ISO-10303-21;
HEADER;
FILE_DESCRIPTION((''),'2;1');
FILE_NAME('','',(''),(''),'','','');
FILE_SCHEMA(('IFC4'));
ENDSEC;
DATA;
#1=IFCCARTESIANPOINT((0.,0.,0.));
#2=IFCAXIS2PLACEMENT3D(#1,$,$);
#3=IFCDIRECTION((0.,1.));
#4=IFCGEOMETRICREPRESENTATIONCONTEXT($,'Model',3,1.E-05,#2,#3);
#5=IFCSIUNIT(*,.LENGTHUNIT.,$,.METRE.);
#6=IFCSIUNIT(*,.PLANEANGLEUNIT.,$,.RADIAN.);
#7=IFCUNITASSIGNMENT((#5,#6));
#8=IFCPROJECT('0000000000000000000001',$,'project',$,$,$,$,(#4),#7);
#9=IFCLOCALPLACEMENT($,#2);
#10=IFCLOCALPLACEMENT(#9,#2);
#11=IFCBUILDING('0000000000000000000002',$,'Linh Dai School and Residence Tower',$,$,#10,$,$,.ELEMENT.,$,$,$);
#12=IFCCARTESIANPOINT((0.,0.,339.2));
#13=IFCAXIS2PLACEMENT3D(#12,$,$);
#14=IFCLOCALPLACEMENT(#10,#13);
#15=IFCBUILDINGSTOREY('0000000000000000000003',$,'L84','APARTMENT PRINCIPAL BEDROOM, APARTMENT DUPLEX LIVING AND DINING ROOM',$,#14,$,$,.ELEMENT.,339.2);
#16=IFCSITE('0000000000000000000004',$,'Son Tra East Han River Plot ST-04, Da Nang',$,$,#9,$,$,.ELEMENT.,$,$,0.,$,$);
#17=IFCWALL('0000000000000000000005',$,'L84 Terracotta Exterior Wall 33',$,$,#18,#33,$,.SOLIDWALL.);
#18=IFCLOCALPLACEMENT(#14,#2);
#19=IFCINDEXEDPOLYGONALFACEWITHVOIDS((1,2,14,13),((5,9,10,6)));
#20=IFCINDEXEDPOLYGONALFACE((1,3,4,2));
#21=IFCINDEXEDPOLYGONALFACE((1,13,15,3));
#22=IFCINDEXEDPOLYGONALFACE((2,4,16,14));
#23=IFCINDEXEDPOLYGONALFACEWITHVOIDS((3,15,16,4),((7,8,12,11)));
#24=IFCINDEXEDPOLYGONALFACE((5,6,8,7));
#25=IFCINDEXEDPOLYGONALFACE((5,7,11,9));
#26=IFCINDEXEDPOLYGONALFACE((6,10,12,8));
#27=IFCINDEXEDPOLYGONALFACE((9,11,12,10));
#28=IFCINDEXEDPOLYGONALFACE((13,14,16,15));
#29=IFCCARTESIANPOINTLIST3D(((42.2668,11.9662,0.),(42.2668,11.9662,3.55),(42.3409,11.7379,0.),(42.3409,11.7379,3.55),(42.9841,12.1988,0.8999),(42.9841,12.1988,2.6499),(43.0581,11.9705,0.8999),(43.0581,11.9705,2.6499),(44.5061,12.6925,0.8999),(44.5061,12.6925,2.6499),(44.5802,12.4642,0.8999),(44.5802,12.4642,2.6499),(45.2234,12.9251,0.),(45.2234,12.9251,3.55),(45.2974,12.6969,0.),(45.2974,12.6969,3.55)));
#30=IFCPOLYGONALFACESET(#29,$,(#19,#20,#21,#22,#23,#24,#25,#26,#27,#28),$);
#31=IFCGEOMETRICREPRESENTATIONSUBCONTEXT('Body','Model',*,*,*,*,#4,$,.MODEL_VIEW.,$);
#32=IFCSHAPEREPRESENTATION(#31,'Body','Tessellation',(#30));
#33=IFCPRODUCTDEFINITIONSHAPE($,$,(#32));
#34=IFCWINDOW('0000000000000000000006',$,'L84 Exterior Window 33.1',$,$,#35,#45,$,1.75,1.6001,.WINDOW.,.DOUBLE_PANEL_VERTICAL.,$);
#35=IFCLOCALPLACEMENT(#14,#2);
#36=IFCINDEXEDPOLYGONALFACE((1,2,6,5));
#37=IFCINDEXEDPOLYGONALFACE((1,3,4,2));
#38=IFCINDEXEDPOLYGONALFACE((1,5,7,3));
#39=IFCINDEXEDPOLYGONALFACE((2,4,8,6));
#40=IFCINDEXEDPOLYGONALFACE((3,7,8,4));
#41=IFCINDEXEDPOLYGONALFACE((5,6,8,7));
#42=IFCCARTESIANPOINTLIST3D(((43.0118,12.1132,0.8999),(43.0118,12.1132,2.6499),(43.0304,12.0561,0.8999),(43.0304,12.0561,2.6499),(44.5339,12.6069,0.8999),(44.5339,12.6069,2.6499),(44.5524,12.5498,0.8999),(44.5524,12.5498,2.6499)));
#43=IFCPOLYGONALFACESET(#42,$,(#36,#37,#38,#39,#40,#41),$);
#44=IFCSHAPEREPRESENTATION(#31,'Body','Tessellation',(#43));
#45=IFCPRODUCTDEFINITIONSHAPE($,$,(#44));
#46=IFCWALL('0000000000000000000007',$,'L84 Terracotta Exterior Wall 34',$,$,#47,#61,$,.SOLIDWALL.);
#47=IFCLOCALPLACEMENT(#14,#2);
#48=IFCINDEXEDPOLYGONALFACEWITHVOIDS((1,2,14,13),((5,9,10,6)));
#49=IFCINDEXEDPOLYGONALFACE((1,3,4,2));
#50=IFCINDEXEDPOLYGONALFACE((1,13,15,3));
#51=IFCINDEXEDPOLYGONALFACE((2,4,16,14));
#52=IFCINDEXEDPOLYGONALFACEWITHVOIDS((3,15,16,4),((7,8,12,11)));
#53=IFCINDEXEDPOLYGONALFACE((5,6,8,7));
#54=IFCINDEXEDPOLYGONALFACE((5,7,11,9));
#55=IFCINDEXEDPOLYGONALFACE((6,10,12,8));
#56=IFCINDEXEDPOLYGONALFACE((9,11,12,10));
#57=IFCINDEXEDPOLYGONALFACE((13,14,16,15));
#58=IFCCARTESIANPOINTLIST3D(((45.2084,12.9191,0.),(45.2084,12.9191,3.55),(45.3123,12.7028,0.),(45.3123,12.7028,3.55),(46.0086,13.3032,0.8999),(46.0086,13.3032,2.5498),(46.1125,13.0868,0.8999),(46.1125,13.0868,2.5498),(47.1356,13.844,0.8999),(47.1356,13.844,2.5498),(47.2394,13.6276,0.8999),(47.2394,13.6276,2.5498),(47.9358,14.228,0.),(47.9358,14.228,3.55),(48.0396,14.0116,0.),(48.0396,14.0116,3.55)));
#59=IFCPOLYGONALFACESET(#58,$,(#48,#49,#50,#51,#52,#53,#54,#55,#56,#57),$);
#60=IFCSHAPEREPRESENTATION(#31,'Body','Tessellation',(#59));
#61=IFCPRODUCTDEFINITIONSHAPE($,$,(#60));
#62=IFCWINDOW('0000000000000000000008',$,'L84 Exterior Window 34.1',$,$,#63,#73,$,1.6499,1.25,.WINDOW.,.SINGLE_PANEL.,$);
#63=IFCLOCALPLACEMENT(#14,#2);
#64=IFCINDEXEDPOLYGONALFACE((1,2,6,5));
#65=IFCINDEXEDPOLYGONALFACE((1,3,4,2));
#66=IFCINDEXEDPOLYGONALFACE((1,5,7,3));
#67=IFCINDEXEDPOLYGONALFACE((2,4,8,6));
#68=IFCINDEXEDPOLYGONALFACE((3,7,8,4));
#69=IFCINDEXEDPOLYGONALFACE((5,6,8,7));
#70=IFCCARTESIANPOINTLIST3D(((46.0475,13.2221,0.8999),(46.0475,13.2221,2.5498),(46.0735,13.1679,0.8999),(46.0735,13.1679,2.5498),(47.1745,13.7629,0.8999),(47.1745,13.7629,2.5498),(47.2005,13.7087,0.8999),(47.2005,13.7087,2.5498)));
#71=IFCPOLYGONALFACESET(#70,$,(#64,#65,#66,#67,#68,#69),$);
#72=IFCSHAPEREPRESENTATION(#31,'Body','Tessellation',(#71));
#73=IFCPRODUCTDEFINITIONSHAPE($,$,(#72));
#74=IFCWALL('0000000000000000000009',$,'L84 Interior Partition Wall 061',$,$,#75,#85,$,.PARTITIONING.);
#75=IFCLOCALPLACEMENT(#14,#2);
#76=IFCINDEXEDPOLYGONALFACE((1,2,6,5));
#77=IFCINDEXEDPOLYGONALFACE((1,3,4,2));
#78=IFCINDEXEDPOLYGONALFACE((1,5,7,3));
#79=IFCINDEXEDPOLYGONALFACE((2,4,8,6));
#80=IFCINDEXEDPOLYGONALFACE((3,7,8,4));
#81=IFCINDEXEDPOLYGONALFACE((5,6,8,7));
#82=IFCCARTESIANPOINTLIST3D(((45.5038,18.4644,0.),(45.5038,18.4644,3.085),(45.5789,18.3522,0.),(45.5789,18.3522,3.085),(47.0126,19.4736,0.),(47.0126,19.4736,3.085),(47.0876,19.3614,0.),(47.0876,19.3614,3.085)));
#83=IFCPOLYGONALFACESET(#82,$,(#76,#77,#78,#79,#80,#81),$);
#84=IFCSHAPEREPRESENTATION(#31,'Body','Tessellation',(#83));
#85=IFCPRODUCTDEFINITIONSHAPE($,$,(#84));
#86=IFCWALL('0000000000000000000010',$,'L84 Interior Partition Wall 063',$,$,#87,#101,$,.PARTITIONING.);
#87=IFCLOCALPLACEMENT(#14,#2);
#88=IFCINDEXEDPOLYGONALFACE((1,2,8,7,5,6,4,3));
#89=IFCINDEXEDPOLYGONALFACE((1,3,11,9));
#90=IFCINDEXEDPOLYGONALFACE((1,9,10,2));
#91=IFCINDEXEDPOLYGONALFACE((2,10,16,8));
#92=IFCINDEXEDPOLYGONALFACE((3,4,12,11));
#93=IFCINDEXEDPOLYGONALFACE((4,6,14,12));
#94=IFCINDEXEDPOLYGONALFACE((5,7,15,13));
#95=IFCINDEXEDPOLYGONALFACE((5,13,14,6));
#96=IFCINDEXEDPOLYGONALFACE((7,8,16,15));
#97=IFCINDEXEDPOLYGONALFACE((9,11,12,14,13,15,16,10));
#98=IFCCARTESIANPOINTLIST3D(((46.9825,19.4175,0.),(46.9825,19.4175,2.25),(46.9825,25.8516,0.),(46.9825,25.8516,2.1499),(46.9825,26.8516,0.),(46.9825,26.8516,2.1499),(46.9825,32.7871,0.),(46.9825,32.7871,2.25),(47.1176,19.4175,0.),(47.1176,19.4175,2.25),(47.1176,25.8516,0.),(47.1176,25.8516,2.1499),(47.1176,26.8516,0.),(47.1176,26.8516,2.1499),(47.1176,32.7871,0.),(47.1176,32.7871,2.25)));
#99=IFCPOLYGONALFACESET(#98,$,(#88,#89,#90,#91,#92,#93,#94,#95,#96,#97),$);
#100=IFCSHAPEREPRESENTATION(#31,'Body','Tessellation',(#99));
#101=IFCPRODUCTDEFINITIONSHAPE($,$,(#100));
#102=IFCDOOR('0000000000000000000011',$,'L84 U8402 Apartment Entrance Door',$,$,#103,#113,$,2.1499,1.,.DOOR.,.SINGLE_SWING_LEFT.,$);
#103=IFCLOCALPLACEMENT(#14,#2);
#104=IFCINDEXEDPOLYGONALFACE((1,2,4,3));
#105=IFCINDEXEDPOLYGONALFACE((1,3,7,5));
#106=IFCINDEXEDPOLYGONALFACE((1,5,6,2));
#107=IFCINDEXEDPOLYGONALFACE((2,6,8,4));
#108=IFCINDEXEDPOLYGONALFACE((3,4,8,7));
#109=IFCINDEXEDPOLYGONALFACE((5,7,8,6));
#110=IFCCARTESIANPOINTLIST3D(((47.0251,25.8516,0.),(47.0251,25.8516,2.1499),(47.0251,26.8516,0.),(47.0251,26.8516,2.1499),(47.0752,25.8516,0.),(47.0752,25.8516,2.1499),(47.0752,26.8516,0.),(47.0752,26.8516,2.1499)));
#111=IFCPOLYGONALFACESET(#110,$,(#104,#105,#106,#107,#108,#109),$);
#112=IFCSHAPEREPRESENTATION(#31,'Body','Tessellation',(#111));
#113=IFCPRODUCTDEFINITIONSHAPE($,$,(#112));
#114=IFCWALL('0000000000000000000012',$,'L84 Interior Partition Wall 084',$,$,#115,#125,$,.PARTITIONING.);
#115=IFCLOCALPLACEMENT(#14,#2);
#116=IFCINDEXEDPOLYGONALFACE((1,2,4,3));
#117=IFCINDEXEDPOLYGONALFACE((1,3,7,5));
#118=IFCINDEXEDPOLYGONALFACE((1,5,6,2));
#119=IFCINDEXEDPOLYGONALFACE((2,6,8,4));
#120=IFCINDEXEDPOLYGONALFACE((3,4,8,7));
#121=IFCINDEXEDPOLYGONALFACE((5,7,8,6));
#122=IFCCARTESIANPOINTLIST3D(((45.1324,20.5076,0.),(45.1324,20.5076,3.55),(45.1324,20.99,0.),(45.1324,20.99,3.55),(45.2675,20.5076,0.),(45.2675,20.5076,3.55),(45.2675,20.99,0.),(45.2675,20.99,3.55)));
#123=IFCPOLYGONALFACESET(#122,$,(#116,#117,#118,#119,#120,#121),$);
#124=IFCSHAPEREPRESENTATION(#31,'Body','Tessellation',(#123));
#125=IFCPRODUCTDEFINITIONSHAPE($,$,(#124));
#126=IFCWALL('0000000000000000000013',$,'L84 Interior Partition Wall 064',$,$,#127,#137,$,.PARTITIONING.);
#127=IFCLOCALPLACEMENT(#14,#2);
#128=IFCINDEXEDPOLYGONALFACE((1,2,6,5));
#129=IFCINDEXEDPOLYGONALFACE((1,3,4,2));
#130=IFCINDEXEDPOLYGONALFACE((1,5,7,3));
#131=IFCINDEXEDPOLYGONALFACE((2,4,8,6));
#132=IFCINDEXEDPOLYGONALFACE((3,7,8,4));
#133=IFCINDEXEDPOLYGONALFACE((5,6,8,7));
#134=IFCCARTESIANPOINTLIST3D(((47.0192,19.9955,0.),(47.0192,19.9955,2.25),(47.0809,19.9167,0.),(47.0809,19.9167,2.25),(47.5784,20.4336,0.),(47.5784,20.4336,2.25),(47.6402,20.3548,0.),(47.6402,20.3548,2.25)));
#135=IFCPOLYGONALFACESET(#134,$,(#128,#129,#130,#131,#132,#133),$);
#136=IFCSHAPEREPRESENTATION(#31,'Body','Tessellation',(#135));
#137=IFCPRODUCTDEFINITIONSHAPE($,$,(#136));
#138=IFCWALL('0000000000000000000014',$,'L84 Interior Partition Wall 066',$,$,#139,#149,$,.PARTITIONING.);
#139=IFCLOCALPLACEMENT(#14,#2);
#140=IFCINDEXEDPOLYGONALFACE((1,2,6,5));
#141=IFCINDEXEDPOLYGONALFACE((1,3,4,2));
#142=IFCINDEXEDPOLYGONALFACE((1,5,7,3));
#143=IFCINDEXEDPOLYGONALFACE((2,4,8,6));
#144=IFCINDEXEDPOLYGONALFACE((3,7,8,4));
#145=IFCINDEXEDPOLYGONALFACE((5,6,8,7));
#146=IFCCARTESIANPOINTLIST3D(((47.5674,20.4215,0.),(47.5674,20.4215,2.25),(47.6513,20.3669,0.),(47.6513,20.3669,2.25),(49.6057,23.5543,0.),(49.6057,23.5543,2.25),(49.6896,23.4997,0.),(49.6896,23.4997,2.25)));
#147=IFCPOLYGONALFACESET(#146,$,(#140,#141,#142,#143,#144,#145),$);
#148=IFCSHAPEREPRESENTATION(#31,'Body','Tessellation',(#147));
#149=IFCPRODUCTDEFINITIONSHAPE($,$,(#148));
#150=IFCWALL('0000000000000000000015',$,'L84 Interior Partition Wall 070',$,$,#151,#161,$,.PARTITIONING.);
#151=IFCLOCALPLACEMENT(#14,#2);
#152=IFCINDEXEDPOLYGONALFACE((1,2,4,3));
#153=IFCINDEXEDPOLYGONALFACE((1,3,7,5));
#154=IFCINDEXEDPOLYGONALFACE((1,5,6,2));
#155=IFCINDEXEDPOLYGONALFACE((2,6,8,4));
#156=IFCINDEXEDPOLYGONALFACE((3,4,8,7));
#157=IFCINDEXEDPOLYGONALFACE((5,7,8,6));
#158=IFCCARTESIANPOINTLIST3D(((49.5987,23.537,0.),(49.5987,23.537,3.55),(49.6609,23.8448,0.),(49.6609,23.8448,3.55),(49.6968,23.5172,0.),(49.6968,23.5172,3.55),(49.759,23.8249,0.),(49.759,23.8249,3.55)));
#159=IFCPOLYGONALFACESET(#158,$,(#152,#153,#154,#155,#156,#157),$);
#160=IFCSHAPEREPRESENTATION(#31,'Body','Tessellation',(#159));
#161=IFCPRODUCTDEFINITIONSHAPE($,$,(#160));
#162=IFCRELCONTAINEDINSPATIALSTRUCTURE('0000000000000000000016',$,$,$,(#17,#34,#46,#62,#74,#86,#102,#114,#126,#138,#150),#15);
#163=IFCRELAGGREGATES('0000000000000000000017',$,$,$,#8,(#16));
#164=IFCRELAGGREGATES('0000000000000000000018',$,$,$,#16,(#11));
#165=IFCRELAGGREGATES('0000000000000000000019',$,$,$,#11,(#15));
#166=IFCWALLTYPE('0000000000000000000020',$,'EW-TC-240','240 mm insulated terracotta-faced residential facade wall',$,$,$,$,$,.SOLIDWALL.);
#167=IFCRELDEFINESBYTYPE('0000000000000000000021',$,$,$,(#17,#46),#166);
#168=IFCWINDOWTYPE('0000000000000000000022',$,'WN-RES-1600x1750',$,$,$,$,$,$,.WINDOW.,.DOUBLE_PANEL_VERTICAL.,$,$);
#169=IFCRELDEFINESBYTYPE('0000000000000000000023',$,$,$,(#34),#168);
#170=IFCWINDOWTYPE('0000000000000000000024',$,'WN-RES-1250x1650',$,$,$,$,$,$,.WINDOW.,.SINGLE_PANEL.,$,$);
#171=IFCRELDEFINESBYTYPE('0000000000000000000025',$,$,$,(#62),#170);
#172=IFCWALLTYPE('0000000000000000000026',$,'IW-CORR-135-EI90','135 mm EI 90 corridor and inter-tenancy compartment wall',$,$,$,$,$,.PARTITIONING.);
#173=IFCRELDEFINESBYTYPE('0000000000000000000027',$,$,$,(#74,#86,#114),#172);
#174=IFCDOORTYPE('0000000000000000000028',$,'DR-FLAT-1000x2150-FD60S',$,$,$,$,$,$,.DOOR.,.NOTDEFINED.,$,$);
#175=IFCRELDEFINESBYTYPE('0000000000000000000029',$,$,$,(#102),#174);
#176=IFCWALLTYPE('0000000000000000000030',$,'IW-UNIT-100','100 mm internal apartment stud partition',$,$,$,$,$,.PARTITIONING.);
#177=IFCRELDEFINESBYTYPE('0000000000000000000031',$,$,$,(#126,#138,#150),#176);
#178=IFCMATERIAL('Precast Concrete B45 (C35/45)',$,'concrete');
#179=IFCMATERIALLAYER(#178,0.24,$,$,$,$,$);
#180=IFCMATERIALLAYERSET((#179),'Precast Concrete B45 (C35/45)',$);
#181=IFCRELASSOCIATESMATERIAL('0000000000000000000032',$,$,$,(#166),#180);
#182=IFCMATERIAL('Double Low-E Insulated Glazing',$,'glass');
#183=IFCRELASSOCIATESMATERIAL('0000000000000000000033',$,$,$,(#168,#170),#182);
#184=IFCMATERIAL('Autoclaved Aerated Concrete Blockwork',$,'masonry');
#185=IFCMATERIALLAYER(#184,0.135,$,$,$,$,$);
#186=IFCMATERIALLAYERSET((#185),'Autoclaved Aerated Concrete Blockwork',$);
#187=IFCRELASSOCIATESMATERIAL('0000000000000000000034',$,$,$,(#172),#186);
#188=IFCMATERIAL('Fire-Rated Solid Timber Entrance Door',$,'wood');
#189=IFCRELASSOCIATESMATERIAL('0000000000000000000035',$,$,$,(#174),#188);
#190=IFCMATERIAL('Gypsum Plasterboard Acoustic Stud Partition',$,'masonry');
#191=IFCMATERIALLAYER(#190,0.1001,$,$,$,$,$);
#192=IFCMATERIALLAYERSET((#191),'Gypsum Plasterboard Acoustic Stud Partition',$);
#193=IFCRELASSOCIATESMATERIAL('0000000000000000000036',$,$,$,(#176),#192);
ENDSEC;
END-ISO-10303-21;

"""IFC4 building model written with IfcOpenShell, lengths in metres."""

from ifc_helpers import new_model, si_unit, direction, frame, frame_2d, origin, origin_2d, place, context, subcontext, project, spatial, rectangle, extrude, source, transform, mapped, material, layer, layer_set, type_object, element, fill, save


model = new_model("IFC4")

# Units and contexts
model_context = context("Model", 3, precision=1e-05, world=origin(), true_north=direction((0.0, 1.0)))
body_context = subcontext(model_context, "Body", "Model", "MODEL_VIEW")
ifc_project = project(units=[si_unit("LENGTHUNIT", "METRE"), si_unit("PLANEANGLEUNIT", "RADIAN")], contexts=[model_context])

# Site, building, storey
site_placement = place(None, origin())
site = spatial("IfcSite", under=ifc_project, at=site_placement, Name="Son Tra East Han River Plot ST-04, Da Nang", CompositionType="ELEMENT", RefElevation=0.0)
building_placement = place(site_placement, origin())
building = spatial("IfcBuilding", under=site, at=building_placement, Name="Linh Dai School and Residence Tower", CompositionType="ELEMENT")
storey_placement = place(building_placement, frame((0.0, 0.0, 339.2)))
storey = spatial("IfcBuildingStorey", under=building, at=storey_placement, Name="L84", Description="APARTMENT PRINCIPAL BEDROOM, APARTMENT DUPLEX LIVING AND DINING ROOM", CompositionType="ELEMENT", Elevation=339.2)

# Shared definitions
ifc_material_1 = material(Name="Precast Concrete B45 (C35/45)", Category="concrete")

# Walls, openings, windows
ifc_layer_1 = layer(ifc_material_1, 0.24)
ifc_layer_set_1 = layer_set([ifc_layer_1], Name="Precast Concrete B45 (C35/45)")
wall_type_1 = type_object("IfcWallType", Name="EW-TC-240", Description="240 mm insulated terracotta-faced residential facade wall", PredefinedType="SOLIDWALL", material=ifc_layer_set_1)
wall_1_placement = place(storey_placement, frame((45.2605, 12.811, 0.0), z_axis=(0.0, 0.0, 1.0), x_axis=(-0.951213, -0.308535, 0.0)))
wall_1 = element("IfcWall", 1, at=wall_1_placement, inside=storey, type_object=wall_type_1, Name="L84 Terracotta Exterior Wall 33", PredefinedType="SOLIDWALL", context=body_context, shape_type="SweptSolid", body=[
    extrude(rectangle(XDim=3.1082, YDim=0.24, at=frame_2d((1.5542, 0.0))), origin(), (0.0, 0.0, 1.0), 3.55),
])
opening_1_placement = place(wall_1_placement, frame((0.7542, 0.0, 0.8999)))
opening_1 = element("IfcOpeningElement", 2, at=opening_1_placement, cuts=wall_1, PredefinedType="OPENING", context=body_context, shape_type="SweptSolid", body=[
    extrude(rectangle(XDim=1.6001, YDim=1.75, at=origin_2d()), frame((0.8, 0.1299, 0.875), z_axis=(0.0, -1.0, 0.0), x_axis=(1.0, 0.0, 0.0)), (0.0, 0.0, 1.0), 0.26),
])
ifc_material_2 = material(Name="Double Low-E Insulated Glazing", Category="glass")
window_type_1 = type_object("IfcWindowType", Name="WN-RES-1600x1750", PartitioningType="DOUBLE_PANEL_VERTICAL", PredefinedType="WINDOW", material=ifc_material_2)
shared_shape_1 = source(origin(), body_context, "Body", "SweptSolid", [
    extrude(rectangle(XDim=1.6001, YDim=1.75, at=origin_2d()), frame((0.8, 0.03, 0.875), z_axis=(0.0, -1.0, 0.0), x_axis=(1.0, 0.0, 0.0)), (0.0, 0.0, 1.0), 0.0601),
])
window_1_placement = place(opening_1_placement, origin())
window_1 = element("IfcWindow", 3, at=window_1_placement, inside=storey, type_object=window_type_1, Name="L84 Exterior Window 33.1", OverallHeight=1.75, OverallWidth=1.6001, PartitioningType="DOUBLE_PANEL_VERTICAL", PredefinedType="WINDOW", context=body_context, shape_type="MappedRepresentation", body=[
    mapped(shared_shape_1, transform((0.0, 0.0, 0.0), x_axis=(1.0, 0.0, 0.0), y_axis=(0.0, 1.0, 0.0), z_axis=(0.0, 0.0, 1.0), scale=1.0)),
])
fill(opening_1, window_1)
wall_2_placement = place(storey_placement, frame((47.9878, 14.1199, 0.0), z_axis=(0.0, 0.0, 1.0), x_axis=(-0.901557, -0.43266, 0.0)))
wall_2 = element("IfcWall", 4, at=wall_2_placement, inside=storey, type_object=wall_type_1, Name="L84 Terracotta Exterior Wall 34", PredefinedType="SOLIDWALL", context=body_context, shape_type="SweptSolid", body=[
    extrude(rectangle(XDim=3.0251, YDim=0.24, at=frame_2d((1.5127, 0.0))), origin(), (0.0, 0.0, 1.0), 3.55),
])
opening_2_placement = place(wall_2_placement, frame((0.8877, 0.0, 0.8999)))
opening_2 = element("IfcOpeningElement", 5, at=opening_2_placement, cuts=wall_2, PredefinedType="OPENING", context=body_context, shape_type="SweptSolid", body=[
    extrude(rectangle(XDim=1.25, YDim=1.6499, at=origin_2d()), frame((0.625, 0.1299, 0.825), z_axis=(0.0, -1.0, 0.0), x_axis=(1.0, 0.0, 0.0)), (0.0, 0.0, 1.0), 0.26),
])
window_type_2 = type_object("IfcWindowType", Name="WN-RES-1250x1650", PartitioningType="SINGLE_PANEL", PredefinedType="WINDOW", material=ifc_material_2)
shared_shape_2 = source(origin(), body_context, "Body", "SweptSolid", [
    extrude(rectangle(XDim=1.25, YDim=1.6499, at=origin_2d()), frame((0.625, 0.03, 0.825), z_axis=(0.0, -1.0, 0.0), x_axis=(1.0, 0.0, 0.0)), (0.0, 0.0, 1.0), 0.0601),
])
window_2_placement = place(opening_2_placement, origin())
window_2 = element("IfcWindow", 6, at=window_2_placement, inside=storey, type_object=window_type_2, Name="L84 Exterior Window 34.1", OverallHeight=1.6499, OverallWidth=1.25, PartitioningType="SINGLE_PANEL", PredefinedType="WINDOW", context=body_context, shape_type="MappedRepresentation", body=[
    mapped(shared_shape_2, transform((0.0, 0.0, 0.0), x_axis=(1.0, 0.0, 0.0), y_axis=(0.0, 1.0, 0.0), z_axis=(0.0, 0.0, 1.0), scale=1.0)),
])
fill(opening_2, window_2)

# Wall
ifc_material_3 = material(Name="Autoclaved Aerated Concrete Blockwork", Category="masonry")
ifc_layer_2 = layer(ifc_material_3, 0.135)
ifc_layer_set_2 = layer_set([ifc_layer_2], Name="Autoclaved Aerated Concrete Blockwork")
wall_type_2 = type_object("IfcWallType", Name="IW-CORR-135-EI90", Description="135 mm EI 90 corridor and inter-tenancy compartment wall", PredefinedType="PARTITIONING", material=ifc_layer_set_2)
wall_3_placement = place(storey_placement, frame((45.5413, 18.4082, 0.0), z_axis=(0.0, 0.0, 1.0), x_axis=(0.83118, 0.556003, 0.0)))
element("IfcWall", 7, at=wall_3_placement, inside=storey, type_object=wall_type_2, Name="L84 Interior Partition Wall 061", PredefinedType="PARTITIONING", context=body_context, shape_type="SweptSolid", body=[
    extrude(rectangle(XDim=1.8152, YDim=0.135, at=frame_2d((0.9077, 0.0))), origin(), (0.0, 0.0, 1.0), 3.085),
])

# Wall, opening, door
wall_4_placement = place(storey_placement, frame((47.05, 19.4175, 0.0), z_axis=(0.0, 0.0, 1.0), x_axis=(0.0, 1.0, 0.0)))
wall_4 = element("IfcWall", 8, at=wall_4_placement, inside=storey, type_object=wall_type_2, Name="L84 Interior Partition Wall 063", PredefinedType="PARTITIONING", context=body_context, shape_type="SweptSolid", body=[
    extrude(rectangle(XDim=13.3696, YDim=0.135, at=frame_2d((6.6848, 0.0))), origin(), (0.0, 0.0, 1.0), 2.25),
])
opening_3_placement = place(wall_4_placement, frame((6.4341, 0.0, 0.0)))
opening_3 = element("IfcOpeningElement", 9, at=opening_3_placement, cuts=wall_4, PredefinedType="OPENING", context=body_context, shape_type="SweptSolid", body=[
    extrude(rectangle(XDim=1.0, YDim=2.1499, at=origin_2d()), frame((0.5, 0.0776, 1.075), z_axis=(0.0, -1.0, 0.0), x_axis=(1.0, 0.0, 0.0)), (0.0, 0.0, 1.0), 0.155),
])
ifc_material_4 = material(Name="Fire-Rated Solid Timber Entrance Door", Category="wood")
door_type_1 = type_object("IfcDoorType", Name="DR-FLAT-1000x2150-FD60S", OperationType="NOTDEFINED", PredefinedType="DOOR", material=ifc_material_4)
shared_shape_3 = source(origin(), body_context, "Body", "SweptSolid", [
    extrude(rectangle(XDim=1.0, YDim=2.1499, at=origin_2d()), frame((0.5, 0.0249, 1.075), z_axis=(0.0, -1.0, 0.0), x_axis=(1.0, 0.0, 0.0)), (0.0, 0.0, 1.0), 0.05),
])
door_1_placement = place(opening_3_placement, origin())
door_1 = element("IfcDoor", 10, at=door_1_placement, inside=storey, type_object=door_type_1, Name="L84 U8402 Apartment Entrance Door", OperationType="SINGLE_SWING_LEFT", OverallHeight=2.1499, OverallWidth=1.0, PredefinedType="DOOR", context=body_context, shape_type="MappedRepresentation", body=[
    mapped(shared_shape_3, transform((0.0, 0.0, 0.0), x_axis=(1.0, 0.0, 0.0), y_axis=(0.0, 1.0, 0.0), z_axis=(0.0, 0.0, 1.0), scale=1.0)),
])
fill(opening_3, door_1)

# Walls
wall_5_placement = place(storey_placement, frame((45.2, 20.5076, 0.0), z_axis=(0.0, 0.0, 1.0), x_axis=(0.0, 1.0, 0.0)))
element("IfcWall", 11, at=wall_5_placement, inside=storey, type_object=wall_type_2, Name="L84 Interior Partition Wall 084", PredefinedType="PARTITIONING", context=body_context, shape_type="SweptSolid", body=[
    extrude(rectangle(XDim=0.4824, YDim=0.135, at=frame_2d((0.2412, 0.0))), origin(), (0.0, 0.0, 1.0), 3.55),
])
ifc_material_5 = material(Name="Gypsum Plasterboard Acoustic Stud Partition", Category="masonry")
ifc_layer_3 = layer(ifc_material_5, 0.1001)
ifc_layer_set_3 = layer_set([ifc_layer_3], Name="Gypsum Plasterboard Acoustic Stud Partition")
wall_type_3 = type_object("IfcWallType", Name="IW-UNIT-100", Description="100 mm internal apartment stud partition", PredefinedType="PARTITIONING", material=ifc_layer_set_3)
wall_6_placement = place(storey_placement, frame((47.05, 19.9561, 0.0), z_axis=(0.0, 0.0, 1.0), x_axis=(0.787164, 0.616744, 0.0)))
element("IfcWall", 12, at=wall_6_placement, inside=storey, type_object=wall_type_3, Name="L84 Interior Partition Wall 064", PredefinedType="PARTITIONING", context=body_context, shape_type="SweptSolid", body=[
    extrude(rectangle(XDim=0.7104, YDim=0.1001, at=frame_2d((0.3552, 0.0))), origin(), (0.0, 0.0, 1.0), 2.25),
])
wall_7_placement = place(storey_placement, frame((47.6094, 20.3943, 0.0), z_axis=(0.0, 0.0, 1.0), x_axis=(0.545365, 0.838199, 0.0)))
element("IfcWall", 13, at=wall_7_placement, inside=storey, type_object=wall_type_3, Name="L84 Interior Partition Wall 066", PredefinedType="PARTITIONING", context=body_context, shape_type="SweptSolid", body=[
    extrude(rectangle(XDim=3.7375, YDim=0.1001, at=frame_2d((1.8687, 0.0))), origin(), (0.0, 0.0, 1.0), 2.25),
])
wall_8_placement = place(storey_placement, frame((49.6477, 23.5271, 0.0), z_axis=(0.0, 0.0, 1.0), x_axis=(0.19836, 0.980129, 0.0)))
element("IfcWall", 14, at=wall_8_placement, inside=storey, type_object=wall_type_3, Name="L84 Interior Partition Wall 070", PredefinedType="PARTITIONING", context=body_context, shape_type="SweptSolid", body=[
    extrude(rectangle(XDim=0.314, YDim=0.1001, at=frame_2d((0.157, 0.0))), origin(), (0.0, 0.0, 1.0), 3.55),
])

save(model, "model.ifc")
